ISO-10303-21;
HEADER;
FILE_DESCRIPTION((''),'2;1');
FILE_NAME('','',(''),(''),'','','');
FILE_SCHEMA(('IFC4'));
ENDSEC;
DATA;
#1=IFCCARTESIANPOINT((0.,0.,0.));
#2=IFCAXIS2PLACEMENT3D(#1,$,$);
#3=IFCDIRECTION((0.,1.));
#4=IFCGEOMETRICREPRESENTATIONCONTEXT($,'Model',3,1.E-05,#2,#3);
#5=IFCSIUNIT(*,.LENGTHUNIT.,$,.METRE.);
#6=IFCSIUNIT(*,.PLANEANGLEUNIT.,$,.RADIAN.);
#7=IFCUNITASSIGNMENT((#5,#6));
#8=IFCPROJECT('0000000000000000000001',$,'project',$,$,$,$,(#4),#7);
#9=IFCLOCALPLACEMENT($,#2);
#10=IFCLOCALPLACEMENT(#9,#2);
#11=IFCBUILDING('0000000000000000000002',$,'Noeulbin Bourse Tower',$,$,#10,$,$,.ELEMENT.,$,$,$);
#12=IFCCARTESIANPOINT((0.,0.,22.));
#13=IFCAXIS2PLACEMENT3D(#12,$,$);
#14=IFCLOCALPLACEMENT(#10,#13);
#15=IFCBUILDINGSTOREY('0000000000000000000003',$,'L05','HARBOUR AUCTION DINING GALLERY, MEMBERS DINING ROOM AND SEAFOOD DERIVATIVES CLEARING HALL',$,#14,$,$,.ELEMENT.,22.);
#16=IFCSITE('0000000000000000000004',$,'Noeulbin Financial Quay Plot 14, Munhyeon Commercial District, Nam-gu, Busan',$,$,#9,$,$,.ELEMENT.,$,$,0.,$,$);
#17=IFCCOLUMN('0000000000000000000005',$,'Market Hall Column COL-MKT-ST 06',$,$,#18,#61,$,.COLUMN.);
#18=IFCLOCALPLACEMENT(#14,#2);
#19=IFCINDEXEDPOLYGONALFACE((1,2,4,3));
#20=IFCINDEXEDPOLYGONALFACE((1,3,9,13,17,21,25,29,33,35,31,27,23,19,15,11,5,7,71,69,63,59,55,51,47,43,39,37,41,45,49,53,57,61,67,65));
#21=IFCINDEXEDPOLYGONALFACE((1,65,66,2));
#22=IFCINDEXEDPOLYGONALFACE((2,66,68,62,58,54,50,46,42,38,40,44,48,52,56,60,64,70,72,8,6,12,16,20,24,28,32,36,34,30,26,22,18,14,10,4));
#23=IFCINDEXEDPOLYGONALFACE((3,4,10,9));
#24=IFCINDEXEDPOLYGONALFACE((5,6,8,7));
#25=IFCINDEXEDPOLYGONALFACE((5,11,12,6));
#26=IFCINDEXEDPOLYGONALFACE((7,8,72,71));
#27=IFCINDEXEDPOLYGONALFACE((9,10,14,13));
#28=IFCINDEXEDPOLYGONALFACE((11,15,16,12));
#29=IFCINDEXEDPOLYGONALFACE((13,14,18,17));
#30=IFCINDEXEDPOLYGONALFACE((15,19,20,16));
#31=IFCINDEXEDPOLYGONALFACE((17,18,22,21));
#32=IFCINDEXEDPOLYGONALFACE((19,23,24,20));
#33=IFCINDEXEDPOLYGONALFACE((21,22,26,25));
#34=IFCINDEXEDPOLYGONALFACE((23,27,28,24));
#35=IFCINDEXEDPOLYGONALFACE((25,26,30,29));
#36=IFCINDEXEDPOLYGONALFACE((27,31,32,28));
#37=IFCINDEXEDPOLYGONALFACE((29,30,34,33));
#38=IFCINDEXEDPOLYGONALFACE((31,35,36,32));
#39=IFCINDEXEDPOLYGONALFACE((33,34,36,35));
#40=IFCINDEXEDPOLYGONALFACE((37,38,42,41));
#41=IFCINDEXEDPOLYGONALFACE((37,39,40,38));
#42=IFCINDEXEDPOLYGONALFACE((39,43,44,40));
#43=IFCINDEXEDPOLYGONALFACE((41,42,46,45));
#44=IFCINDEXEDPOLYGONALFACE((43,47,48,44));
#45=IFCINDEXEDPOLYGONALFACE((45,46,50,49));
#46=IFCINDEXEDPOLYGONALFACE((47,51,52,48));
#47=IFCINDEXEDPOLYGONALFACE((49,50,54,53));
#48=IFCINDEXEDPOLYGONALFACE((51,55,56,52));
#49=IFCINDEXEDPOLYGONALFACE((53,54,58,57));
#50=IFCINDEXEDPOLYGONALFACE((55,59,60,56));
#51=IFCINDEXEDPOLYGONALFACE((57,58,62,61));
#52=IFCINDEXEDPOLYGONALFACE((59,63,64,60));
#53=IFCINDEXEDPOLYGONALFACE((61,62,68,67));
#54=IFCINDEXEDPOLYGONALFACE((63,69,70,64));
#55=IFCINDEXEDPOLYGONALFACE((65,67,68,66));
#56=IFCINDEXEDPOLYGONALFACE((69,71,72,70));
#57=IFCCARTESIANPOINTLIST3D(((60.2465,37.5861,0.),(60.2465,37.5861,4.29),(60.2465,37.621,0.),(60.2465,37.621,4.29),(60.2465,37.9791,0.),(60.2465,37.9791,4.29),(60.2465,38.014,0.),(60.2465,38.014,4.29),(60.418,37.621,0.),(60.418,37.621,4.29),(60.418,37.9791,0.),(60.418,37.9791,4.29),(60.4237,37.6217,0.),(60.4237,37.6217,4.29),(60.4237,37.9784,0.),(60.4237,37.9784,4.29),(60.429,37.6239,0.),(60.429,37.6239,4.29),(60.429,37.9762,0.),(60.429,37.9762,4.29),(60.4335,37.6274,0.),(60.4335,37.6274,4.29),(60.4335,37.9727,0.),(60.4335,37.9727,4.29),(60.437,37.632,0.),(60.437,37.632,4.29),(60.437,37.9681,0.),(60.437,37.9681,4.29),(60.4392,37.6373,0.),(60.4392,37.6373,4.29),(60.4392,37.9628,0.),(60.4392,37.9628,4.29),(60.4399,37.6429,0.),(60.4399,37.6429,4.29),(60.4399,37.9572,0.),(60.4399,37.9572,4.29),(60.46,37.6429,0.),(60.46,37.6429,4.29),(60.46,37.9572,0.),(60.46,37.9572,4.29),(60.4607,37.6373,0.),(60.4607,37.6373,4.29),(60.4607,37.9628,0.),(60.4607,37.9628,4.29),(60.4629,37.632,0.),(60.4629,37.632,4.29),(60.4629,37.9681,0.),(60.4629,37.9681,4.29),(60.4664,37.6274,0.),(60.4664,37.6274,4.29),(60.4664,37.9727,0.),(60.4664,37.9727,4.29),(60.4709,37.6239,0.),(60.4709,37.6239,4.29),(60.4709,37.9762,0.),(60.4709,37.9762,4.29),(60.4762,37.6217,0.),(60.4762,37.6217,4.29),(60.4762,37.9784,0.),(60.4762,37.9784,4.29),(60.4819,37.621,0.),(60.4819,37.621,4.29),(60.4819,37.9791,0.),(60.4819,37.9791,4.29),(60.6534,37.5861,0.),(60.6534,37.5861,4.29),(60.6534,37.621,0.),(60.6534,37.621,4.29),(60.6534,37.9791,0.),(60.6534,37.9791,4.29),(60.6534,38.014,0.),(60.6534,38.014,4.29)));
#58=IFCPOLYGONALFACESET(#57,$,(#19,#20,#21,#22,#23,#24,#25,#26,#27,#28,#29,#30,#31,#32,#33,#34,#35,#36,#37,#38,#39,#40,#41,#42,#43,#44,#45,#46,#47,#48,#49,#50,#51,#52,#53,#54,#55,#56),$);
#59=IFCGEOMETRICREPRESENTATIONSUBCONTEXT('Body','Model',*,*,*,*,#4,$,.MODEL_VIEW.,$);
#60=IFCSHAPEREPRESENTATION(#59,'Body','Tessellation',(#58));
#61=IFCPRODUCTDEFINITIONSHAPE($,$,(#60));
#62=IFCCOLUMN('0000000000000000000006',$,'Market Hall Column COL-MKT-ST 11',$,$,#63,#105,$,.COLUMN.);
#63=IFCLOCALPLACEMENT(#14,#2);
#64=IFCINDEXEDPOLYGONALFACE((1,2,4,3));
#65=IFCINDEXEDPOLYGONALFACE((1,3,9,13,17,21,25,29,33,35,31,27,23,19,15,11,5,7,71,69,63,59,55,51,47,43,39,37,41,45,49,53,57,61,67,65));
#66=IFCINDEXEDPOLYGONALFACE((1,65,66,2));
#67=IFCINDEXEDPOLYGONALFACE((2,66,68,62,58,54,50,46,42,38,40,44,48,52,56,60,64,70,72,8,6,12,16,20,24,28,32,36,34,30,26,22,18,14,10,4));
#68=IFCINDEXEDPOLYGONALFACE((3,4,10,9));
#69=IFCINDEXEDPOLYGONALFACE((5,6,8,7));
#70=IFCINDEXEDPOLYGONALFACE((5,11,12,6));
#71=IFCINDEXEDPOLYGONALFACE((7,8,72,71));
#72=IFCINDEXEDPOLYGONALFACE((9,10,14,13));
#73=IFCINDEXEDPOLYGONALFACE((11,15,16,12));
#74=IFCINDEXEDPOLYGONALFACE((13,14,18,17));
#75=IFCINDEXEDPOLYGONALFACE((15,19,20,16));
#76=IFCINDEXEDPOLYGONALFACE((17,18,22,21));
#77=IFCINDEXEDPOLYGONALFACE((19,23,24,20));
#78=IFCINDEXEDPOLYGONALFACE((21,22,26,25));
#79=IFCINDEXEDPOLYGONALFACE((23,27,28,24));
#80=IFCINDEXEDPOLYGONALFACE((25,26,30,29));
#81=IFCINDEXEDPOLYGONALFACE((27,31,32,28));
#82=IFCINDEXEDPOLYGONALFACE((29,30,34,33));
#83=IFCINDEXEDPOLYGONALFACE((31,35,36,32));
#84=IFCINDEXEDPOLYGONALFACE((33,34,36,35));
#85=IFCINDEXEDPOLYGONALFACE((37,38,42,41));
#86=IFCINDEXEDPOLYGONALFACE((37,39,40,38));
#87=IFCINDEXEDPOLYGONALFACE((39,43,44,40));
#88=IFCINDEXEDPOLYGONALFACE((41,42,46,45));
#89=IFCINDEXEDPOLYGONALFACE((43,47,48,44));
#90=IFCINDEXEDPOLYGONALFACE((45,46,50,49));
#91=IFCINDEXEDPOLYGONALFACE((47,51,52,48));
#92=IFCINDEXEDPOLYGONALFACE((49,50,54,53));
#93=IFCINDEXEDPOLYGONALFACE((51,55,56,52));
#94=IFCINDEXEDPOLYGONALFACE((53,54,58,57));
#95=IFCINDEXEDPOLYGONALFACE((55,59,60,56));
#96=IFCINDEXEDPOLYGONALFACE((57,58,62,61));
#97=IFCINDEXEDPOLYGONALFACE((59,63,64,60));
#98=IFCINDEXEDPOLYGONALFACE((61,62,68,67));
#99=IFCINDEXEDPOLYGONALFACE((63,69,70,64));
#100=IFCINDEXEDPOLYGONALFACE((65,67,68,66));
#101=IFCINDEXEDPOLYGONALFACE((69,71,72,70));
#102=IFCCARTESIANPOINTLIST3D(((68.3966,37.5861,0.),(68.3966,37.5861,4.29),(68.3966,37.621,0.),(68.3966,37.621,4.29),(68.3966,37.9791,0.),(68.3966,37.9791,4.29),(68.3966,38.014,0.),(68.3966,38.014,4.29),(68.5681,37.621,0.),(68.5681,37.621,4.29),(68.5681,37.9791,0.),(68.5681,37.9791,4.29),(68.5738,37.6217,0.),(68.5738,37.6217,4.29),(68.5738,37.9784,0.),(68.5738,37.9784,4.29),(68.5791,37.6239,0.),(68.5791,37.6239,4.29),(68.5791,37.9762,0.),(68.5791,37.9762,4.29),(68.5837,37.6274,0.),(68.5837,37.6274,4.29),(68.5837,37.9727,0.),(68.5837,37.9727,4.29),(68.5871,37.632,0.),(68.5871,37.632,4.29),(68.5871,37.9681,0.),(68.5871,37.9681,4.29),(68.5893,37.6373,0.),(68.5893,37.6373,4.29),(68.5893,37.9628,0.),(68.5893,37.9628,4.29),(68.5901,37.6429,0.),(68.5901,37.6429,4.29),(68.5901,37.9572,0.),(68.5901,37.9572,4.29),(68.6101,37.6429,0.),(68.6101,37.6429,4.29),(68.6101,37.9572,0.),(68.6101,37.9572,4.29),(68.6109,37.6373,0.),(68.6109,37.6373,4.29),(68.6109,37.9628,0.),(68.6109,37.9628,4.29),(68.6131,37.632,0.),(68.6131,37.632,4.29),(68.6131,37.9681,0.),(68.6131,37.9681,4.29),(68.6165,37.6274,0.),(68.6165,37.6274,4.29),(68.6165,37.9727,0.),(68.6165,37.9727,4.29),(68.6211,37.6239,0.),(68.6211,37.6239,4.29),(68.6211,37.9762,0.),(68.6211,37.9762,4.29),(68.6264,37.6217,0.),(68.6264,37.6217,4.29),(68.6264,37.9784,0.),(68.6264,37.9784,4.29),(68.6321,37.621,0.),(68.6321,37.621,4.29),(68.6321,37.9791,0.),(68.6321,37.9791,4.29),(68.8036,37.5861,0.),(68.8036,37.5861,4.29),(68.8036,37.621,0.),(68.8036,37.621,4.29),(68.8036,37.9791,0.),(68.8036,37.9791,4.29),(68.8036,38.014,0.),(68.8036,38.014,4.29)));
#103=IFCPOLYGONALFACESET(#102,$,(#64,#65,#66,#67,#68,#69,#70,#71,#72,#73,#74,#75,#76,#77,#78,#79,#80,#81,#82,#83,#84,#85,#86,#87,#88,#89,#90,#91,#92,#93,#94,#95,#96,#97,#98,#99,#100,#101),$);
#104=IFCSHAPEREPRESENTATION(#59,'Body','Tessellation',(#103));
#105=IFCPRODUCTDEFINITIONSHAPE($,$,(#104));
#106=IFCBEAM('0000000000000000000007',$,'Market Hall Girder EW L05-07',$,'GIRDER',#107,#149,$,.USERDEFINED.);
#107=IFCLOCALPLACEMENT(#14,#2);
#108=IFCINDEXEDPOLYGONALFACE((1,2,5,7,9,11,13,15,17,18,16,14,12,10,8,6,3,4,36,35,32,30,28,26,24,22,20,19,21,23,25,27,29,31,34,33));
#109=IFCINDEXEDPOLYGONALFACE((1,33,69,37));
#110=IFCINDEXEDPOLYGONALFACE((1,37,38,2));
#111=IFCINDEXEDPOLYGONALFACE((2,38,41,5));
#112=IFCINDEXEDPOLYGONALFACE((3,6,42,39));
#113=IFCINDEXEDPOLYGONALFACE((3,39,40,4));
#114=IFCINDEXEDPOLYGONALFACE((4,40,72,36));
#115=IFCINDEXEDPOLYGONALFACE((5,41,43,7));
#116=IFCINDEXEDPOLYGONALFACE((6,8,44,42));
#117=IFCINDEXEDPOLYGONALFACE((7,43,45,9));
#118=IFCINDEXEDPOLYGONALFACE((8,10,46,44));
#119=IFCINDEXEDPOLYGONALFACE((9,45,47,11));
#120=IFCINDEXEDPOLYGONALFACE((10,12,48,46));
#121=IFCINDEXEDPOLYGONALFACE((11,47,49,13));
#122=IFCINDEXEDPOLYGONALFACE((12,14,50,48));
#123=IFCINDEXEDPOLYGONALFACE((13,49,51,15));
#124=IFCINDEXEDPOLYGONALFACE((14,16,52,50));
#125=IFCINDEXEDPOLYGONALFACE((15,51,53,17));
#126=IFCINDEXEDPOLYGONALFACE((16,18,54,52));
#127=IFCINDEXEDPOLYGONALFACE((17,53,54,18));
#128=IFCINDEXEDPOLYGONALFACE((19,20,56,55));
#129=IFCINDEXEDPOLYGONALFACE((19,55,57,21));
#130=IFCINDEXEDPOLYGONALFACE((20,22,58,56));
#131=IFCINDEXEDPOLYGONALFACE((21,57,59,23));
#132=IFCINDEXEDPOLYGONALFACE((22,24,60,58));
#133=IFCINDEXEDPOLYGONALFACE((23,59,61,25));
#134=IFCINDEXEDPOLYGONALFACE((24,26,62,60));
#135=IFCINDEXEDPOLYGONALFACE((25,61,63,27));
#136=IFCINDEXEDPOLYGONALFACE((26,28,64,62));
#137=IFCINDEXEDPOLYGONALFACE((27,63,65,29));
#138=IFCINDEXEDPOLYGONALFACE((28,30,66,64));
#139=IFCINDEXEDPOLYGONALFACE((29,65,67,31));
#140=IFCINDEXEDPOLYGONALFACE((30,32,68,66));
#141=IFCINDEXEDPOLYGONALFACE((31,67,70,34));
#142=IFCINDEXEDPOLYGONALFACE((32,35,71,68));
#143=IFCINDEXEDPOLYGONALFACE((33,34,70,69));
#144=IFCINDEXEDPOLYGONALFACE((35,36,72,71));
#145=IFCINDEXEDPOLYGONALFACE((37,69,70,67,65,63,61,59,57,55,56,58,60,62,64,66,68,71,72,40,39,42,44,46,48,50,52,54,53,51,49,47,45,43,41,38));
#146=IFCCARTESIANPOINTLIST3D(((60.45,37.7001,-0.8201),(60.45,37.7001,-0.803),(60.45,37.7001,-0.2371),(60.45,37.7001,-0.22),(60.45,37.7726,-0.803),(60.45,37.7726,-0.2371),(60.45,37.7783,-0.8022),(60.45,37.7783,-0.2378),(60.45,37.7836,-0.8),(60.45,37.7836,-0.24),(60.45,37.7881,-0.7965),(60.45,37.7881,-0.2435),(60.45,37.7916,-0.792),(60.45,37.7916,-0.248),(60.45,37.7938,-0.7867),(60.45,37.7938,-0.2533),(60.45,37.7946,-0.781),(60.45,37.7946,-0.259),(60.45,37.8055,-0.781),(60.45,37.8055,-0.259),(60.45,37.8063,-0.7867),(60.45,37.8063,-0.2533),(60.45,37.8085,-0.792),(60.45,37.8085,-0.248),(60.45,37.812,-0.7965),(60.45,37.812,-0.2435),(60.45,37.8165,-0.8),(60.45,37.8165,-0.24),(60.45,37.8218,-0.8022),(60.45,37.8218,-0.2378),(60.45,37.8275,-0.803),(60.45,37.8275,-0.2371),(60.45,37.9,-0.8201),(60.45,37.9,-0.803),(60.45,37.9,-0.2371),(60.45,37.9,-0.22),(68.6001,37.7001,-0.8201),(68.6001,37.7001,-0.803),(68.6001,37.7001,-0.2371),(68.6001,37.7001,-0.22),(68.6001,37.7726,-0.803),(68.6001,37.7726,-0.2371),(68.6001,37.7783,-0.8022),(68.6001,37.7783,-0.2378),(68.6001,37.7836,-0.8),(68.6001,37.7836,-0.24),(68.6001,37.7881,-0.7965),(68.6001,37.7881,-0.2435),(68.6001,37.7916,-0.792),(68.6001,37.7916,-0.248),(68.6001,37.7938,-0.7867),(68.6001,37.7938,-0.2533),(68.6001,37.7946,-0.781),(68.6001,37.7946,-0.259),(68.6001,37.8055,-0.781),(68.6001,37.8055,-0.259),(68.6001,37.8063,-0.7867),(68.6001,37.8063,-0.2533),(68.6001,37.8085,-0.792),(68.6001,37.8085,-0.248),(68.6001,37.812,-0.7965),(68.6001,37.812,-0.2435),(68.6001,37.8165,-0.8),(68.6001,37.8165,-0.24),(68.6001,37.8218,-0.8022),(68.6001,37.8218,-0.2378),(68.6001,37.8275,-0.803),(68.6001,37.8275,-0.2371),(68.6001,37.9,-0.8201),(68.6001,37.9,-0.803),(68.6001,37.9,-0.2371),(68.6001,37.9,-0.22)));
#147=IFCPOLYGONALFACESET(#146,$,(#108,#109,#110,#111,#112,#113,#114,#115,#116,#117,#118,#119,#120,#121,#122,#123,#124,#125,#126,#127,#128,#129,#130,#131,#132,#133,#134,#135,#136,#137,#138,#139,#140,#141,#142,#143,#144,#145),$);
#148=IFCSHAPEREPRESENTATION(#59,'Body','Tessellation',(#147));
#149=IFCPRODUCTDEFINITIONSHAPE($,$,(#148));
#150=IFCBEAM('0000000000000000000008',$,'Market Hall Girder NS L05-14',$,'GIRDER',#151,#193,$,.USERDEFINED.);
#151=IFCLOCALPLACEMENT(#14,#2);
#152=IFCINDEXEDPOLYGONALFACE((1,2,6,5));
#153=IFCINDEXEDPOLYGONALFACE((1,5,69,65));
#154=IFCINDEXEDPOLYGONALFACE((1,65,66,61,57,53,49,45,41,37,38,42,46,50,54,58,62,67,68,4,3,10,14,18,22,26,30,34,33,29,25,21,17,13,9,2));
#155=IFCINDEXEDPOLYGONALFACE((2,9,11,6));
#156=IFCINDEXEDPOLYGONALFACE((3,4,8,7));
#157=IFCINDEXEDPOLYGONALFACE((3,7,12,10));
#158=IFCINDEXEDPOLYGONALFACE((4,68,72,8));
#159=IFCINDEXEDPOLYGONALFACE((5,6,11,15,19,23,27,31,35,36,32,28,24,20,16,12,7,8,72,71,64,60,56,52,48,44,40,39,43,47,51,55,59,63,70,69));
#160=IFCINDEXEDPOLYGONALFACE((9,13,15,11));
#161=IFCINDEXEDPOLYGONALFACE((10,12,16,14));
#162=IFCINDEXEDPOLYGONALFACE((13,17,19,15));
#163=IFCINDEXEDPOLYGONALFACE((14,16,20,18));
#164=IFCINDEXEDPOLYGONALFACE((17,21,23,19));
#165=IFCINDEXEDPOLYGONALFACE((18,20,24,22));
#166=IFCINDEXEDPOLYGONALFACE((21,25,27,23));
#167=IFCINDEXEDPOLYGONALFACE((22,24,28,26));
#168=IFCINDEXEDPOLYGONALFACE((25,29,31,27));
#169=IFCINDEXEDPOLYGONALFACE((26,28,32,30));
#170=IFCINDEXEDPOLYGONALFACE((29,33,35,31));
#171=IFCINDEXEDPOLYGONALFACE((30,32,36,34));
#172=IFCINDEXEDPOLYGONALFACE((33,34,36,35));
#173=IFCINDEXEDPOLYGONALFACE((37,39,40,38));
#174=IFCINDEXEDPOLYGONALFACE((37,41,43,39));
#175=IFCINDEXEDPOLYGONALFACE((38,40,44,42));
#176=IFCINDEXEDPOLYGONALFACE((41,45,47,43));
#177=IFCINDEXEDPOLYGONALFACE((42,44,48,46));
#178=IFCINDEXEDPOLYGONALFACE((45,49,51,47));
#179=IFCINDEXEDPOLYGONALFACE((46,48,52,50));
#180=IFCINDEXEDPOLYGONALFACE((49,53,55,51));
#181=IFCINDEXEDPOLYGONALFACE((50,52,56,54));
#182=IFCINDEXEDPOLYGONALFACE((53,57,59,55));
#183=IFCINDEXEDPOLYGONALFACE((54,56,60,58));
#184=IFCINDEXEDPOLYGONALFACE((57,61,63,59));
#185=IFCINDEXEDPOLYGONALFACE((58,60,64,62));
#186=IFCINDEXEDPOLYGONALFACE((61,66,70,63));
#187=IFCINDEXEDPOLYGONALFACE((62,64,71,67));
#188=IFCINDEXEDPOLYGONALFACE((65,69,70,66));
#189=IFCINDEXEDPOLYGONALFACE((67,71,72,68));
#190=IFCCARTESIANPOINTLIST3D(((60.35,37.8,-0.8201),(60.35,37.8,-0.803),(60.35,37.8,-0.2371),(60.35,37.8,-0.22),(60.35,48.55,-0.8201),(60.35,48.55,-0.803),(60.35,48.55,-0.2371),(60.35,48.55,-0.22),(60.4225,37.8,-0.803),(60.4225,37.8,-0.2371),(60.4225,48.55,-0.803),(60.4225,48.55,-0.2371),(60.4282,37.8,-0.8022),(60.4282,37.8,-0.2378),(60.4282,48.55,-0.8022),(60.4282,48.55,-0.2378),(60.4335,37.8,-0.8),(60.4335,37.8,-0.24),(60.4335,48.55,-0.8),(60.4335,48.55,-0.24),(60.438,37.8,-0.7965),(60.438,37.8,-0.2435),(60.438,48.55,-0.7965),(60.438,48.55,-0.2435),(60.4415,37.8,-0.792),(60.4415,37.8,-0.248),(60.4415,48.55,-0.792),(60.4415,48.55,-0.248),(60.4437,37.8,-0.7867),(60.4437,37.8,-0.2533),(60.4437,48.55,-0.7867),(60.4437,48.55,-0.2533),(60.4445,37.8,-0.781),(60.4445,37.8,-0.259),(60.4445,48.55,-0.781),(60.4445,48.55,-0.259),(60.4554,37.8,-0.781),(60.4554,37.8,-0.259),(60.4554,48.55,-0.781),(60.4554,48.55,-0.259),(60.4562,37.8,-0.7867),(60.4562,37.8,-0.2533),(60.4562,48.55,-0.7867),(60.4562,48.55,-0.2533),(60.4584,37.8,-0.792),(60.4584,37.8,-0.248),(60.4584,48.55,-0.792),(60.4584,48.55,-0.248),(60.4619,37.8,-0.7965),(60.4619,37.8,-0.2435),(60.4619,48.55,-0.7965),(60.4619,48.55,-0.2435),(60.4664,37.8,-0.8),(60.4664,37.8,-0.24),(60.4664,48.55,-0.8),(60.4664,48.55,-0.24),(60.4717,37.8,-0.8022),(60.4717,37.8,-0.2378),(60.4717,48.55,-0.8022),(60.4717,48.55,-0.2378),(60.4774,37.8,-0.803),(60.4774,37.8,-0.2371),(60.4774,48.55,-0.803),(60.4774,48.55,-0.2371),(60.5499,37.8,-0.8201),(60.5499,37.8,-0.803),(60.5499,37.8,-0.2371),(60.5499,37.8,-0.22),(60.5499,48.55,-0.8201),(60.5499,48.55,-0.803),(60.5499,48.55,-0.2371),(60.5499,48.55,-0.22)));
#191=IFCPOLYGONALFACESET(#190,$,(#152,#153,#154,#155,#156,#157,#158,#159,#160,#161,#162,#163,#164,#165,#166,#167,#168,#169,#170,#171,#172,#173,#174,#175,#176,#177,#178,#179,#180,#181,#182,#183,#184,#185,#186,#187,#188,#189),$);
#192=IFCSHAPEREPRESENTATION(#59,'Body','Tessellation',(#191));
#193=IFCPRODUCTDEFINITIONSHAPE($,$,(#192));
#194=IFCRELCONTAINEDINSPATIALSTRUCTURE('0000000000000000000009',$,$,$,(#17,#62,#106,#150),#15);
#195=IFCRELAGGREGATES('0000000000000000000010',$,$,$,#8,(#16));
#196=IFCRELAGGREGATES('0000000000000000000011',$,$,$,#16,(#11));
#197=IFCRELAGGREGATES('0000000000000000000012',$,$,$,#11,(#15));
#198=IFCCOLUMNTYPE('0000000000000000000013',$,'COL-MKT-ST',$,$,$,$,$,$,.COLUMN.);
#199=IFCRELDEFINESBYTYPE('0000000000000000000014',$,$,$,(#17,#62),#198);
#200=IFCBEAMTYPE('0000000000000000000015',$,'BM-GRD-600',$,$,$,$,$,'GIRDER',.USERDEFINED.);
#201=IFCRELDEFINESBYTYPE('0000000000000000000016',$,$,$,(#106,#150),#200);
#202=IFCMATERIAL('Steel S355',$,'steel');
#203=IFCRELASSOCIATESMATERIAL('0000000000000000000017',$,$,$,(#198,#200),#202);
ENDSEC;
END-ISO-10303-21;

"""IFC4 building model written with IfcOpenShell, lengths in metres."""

from ifc_helpers import new_model, si_unit, direction, frame, origin, origin_2d, place, context, subcontext, project, spatial, i_section, extrude, material, material_profile, profile_set, type_object, element, save


model = new_model("IFC4")

# Units and contexts
model_context = context("Model", 3, precision=1e-05, world=origin(), true_north=direction((0.0, 1.0)))
body_context = subcontext(model_context, "Body", "Model", "MODEL_VIEW")
ifc_project = project(units=[si_unit("LENGTHUNIT", "METRE"), si_unit("PLANEANGLEUNIT", "RADIAN")], contexts=[model_context])

# Site, building, storey
site_placement = place(None, origin())
site = spatial("IfcSite", under=ifc_project, at=site_placement, Name="Noeulbin Financial Quay Plot 14, Munhyeon Commercial District, Nam-gu, Busan", CompositionType="ELEMENT", RefElevation=0.0)
building_placement = place(site_placement, origin())
building = spatial("IfcBuilding", under=site, at=building_placement, Name="Noeulbin Bourse Tower", CompositionType="ELEMENT")
storey_placement = place(building_placement, frame((0.0, 0.0, 22.0)))
storey = spatial("IfcBuildingStorey", under=building, at=storey_placement, Name="L05", Description="HARBOUR AUCTION DINING GALLERY, MEMBERS DINING ROOM AND SEAFOOD DERIVATIVES CLEARING HALL", CompositionType="ELEMENT", Elevation=22.0)

# Columns
ifc_material_1 = material(Name="Steel S355", Category="steel")
ifc_material_profile_1 = material_profile(ifc_material_1, i_section(OverallWidth=0.407, OverallDepth=0.428, WebThickness=0.02, FlangeThickness=0.0349, FilletRadius=0.022, at=origin_2d()), Name="H-428x407x20x35", Category="LoadBearing")
ifc_profile_set_1 = profile_set([ifc_material_profile_1], Name="Steel S355")
column_type = type_object("IfcColumnType", Name="COL-MKT-ST", PredefinedType="COLUMN", material=ifc_profile_set_1)
for number, where, z_axis, x_axis, name in (
    (1, (60.45, 37.8, 0.0), (0.0, 0.0, 1.0), (1.0, 0.0, 0.0), "Market Hall Column COL-MKT-ST 06"),
    (2, (68.6001, 37.8, 0.0), (0.0, 0.0, 1.0), (1.0, 0.0, 0.0), "Market Hall Column COL-MKT-ST 11"),
):
    element("IfcColumn", number, at=place(storey_placement, frame(where, z_axis=z_axis, x_axis=x_axis)), inside=storey, type_object=column_type, Name=name, PredefinedType="COLUMN", context=body_context, shape_type="SweptSolid", body=[
        extrude(i_section(OverallWidth=0.407, OverallDepth=0.428, WebThickness=0.02, FlangeThickness=0.0349, FilletRadius=0.022, at=origin_2d()), origin(), (0.0, 0.0, 1.0), 4.29),
    ])

# Beams
ifc_material_profile_2 = material_profile(ifc_material_1, i_section(OverallWidth=0.2, OverallDepth=0.6001, WebThickness=0.011, FlangeThickness=0.0171, FilletRadius=0.022, at=origin_2d()), Name="H-600x200x11x17", Category="LoadBearing")
ifc_profile_set_2 = profile_set([ifc_material_profile_2], Name="Steel S355")
beam_type_1 = type_object("IfcBeamType", Name="BM-GRD-600", ElementType="GIRDER", PredefinedType="USERDEFINED", material=ifc_profile_set_2)
beam_1_placement = place(storey_placement, frame((60.45, 37.8, -0.52), z_axis=(1.0, 0.0, 0.0), x_axis=(0.0, 1.0, 0.0)))
element("IfcBeam", 3, at=beam_1_placement, inside=storey, type_object=beam_type_1, Name="Market Hall Girder EW L05-07", ObjectType="GIRDER", PredefinedType="USERDEFINED", context=body_context, shape_type="SweptSolid", body=[
    extrude(i_section(OverallWidth=0.2, OverallDepth=0.6001, WebThickness=0.011, FlangeThickness=0.0171, FilletRadius=0.022, at=origin_2d()), origin(), (0.0, 0.0, 1.0), 8.1501),
])
beam_2_placement = place(storey_placement, frame((60.45, 37.8, -0.52), z_axis=(0.0, 1.0, 0.0), x_axis=(-1.0, 0.0, 0.0)))
element("IfcBeam", 4, at=beam_2_placement, inside=storey, type_object=beam_type_1, Name="Market Hall Girder NS L05-14", ObjectType="GIRDER", PredefinedType="USERDEFINED", context=body_context, shape_type="SweptSolid", body=[
    extrude(i_section(OverallWidth=0.2, OverallDepth=0.6001, WebThickness=0.011, FlangeThickness=0.0171, FilletRadius=0.022, at=origin_2d()), origin(), (0.0, 0.0, 1.0), 10.75),
])

save(model, "model.ifc")
